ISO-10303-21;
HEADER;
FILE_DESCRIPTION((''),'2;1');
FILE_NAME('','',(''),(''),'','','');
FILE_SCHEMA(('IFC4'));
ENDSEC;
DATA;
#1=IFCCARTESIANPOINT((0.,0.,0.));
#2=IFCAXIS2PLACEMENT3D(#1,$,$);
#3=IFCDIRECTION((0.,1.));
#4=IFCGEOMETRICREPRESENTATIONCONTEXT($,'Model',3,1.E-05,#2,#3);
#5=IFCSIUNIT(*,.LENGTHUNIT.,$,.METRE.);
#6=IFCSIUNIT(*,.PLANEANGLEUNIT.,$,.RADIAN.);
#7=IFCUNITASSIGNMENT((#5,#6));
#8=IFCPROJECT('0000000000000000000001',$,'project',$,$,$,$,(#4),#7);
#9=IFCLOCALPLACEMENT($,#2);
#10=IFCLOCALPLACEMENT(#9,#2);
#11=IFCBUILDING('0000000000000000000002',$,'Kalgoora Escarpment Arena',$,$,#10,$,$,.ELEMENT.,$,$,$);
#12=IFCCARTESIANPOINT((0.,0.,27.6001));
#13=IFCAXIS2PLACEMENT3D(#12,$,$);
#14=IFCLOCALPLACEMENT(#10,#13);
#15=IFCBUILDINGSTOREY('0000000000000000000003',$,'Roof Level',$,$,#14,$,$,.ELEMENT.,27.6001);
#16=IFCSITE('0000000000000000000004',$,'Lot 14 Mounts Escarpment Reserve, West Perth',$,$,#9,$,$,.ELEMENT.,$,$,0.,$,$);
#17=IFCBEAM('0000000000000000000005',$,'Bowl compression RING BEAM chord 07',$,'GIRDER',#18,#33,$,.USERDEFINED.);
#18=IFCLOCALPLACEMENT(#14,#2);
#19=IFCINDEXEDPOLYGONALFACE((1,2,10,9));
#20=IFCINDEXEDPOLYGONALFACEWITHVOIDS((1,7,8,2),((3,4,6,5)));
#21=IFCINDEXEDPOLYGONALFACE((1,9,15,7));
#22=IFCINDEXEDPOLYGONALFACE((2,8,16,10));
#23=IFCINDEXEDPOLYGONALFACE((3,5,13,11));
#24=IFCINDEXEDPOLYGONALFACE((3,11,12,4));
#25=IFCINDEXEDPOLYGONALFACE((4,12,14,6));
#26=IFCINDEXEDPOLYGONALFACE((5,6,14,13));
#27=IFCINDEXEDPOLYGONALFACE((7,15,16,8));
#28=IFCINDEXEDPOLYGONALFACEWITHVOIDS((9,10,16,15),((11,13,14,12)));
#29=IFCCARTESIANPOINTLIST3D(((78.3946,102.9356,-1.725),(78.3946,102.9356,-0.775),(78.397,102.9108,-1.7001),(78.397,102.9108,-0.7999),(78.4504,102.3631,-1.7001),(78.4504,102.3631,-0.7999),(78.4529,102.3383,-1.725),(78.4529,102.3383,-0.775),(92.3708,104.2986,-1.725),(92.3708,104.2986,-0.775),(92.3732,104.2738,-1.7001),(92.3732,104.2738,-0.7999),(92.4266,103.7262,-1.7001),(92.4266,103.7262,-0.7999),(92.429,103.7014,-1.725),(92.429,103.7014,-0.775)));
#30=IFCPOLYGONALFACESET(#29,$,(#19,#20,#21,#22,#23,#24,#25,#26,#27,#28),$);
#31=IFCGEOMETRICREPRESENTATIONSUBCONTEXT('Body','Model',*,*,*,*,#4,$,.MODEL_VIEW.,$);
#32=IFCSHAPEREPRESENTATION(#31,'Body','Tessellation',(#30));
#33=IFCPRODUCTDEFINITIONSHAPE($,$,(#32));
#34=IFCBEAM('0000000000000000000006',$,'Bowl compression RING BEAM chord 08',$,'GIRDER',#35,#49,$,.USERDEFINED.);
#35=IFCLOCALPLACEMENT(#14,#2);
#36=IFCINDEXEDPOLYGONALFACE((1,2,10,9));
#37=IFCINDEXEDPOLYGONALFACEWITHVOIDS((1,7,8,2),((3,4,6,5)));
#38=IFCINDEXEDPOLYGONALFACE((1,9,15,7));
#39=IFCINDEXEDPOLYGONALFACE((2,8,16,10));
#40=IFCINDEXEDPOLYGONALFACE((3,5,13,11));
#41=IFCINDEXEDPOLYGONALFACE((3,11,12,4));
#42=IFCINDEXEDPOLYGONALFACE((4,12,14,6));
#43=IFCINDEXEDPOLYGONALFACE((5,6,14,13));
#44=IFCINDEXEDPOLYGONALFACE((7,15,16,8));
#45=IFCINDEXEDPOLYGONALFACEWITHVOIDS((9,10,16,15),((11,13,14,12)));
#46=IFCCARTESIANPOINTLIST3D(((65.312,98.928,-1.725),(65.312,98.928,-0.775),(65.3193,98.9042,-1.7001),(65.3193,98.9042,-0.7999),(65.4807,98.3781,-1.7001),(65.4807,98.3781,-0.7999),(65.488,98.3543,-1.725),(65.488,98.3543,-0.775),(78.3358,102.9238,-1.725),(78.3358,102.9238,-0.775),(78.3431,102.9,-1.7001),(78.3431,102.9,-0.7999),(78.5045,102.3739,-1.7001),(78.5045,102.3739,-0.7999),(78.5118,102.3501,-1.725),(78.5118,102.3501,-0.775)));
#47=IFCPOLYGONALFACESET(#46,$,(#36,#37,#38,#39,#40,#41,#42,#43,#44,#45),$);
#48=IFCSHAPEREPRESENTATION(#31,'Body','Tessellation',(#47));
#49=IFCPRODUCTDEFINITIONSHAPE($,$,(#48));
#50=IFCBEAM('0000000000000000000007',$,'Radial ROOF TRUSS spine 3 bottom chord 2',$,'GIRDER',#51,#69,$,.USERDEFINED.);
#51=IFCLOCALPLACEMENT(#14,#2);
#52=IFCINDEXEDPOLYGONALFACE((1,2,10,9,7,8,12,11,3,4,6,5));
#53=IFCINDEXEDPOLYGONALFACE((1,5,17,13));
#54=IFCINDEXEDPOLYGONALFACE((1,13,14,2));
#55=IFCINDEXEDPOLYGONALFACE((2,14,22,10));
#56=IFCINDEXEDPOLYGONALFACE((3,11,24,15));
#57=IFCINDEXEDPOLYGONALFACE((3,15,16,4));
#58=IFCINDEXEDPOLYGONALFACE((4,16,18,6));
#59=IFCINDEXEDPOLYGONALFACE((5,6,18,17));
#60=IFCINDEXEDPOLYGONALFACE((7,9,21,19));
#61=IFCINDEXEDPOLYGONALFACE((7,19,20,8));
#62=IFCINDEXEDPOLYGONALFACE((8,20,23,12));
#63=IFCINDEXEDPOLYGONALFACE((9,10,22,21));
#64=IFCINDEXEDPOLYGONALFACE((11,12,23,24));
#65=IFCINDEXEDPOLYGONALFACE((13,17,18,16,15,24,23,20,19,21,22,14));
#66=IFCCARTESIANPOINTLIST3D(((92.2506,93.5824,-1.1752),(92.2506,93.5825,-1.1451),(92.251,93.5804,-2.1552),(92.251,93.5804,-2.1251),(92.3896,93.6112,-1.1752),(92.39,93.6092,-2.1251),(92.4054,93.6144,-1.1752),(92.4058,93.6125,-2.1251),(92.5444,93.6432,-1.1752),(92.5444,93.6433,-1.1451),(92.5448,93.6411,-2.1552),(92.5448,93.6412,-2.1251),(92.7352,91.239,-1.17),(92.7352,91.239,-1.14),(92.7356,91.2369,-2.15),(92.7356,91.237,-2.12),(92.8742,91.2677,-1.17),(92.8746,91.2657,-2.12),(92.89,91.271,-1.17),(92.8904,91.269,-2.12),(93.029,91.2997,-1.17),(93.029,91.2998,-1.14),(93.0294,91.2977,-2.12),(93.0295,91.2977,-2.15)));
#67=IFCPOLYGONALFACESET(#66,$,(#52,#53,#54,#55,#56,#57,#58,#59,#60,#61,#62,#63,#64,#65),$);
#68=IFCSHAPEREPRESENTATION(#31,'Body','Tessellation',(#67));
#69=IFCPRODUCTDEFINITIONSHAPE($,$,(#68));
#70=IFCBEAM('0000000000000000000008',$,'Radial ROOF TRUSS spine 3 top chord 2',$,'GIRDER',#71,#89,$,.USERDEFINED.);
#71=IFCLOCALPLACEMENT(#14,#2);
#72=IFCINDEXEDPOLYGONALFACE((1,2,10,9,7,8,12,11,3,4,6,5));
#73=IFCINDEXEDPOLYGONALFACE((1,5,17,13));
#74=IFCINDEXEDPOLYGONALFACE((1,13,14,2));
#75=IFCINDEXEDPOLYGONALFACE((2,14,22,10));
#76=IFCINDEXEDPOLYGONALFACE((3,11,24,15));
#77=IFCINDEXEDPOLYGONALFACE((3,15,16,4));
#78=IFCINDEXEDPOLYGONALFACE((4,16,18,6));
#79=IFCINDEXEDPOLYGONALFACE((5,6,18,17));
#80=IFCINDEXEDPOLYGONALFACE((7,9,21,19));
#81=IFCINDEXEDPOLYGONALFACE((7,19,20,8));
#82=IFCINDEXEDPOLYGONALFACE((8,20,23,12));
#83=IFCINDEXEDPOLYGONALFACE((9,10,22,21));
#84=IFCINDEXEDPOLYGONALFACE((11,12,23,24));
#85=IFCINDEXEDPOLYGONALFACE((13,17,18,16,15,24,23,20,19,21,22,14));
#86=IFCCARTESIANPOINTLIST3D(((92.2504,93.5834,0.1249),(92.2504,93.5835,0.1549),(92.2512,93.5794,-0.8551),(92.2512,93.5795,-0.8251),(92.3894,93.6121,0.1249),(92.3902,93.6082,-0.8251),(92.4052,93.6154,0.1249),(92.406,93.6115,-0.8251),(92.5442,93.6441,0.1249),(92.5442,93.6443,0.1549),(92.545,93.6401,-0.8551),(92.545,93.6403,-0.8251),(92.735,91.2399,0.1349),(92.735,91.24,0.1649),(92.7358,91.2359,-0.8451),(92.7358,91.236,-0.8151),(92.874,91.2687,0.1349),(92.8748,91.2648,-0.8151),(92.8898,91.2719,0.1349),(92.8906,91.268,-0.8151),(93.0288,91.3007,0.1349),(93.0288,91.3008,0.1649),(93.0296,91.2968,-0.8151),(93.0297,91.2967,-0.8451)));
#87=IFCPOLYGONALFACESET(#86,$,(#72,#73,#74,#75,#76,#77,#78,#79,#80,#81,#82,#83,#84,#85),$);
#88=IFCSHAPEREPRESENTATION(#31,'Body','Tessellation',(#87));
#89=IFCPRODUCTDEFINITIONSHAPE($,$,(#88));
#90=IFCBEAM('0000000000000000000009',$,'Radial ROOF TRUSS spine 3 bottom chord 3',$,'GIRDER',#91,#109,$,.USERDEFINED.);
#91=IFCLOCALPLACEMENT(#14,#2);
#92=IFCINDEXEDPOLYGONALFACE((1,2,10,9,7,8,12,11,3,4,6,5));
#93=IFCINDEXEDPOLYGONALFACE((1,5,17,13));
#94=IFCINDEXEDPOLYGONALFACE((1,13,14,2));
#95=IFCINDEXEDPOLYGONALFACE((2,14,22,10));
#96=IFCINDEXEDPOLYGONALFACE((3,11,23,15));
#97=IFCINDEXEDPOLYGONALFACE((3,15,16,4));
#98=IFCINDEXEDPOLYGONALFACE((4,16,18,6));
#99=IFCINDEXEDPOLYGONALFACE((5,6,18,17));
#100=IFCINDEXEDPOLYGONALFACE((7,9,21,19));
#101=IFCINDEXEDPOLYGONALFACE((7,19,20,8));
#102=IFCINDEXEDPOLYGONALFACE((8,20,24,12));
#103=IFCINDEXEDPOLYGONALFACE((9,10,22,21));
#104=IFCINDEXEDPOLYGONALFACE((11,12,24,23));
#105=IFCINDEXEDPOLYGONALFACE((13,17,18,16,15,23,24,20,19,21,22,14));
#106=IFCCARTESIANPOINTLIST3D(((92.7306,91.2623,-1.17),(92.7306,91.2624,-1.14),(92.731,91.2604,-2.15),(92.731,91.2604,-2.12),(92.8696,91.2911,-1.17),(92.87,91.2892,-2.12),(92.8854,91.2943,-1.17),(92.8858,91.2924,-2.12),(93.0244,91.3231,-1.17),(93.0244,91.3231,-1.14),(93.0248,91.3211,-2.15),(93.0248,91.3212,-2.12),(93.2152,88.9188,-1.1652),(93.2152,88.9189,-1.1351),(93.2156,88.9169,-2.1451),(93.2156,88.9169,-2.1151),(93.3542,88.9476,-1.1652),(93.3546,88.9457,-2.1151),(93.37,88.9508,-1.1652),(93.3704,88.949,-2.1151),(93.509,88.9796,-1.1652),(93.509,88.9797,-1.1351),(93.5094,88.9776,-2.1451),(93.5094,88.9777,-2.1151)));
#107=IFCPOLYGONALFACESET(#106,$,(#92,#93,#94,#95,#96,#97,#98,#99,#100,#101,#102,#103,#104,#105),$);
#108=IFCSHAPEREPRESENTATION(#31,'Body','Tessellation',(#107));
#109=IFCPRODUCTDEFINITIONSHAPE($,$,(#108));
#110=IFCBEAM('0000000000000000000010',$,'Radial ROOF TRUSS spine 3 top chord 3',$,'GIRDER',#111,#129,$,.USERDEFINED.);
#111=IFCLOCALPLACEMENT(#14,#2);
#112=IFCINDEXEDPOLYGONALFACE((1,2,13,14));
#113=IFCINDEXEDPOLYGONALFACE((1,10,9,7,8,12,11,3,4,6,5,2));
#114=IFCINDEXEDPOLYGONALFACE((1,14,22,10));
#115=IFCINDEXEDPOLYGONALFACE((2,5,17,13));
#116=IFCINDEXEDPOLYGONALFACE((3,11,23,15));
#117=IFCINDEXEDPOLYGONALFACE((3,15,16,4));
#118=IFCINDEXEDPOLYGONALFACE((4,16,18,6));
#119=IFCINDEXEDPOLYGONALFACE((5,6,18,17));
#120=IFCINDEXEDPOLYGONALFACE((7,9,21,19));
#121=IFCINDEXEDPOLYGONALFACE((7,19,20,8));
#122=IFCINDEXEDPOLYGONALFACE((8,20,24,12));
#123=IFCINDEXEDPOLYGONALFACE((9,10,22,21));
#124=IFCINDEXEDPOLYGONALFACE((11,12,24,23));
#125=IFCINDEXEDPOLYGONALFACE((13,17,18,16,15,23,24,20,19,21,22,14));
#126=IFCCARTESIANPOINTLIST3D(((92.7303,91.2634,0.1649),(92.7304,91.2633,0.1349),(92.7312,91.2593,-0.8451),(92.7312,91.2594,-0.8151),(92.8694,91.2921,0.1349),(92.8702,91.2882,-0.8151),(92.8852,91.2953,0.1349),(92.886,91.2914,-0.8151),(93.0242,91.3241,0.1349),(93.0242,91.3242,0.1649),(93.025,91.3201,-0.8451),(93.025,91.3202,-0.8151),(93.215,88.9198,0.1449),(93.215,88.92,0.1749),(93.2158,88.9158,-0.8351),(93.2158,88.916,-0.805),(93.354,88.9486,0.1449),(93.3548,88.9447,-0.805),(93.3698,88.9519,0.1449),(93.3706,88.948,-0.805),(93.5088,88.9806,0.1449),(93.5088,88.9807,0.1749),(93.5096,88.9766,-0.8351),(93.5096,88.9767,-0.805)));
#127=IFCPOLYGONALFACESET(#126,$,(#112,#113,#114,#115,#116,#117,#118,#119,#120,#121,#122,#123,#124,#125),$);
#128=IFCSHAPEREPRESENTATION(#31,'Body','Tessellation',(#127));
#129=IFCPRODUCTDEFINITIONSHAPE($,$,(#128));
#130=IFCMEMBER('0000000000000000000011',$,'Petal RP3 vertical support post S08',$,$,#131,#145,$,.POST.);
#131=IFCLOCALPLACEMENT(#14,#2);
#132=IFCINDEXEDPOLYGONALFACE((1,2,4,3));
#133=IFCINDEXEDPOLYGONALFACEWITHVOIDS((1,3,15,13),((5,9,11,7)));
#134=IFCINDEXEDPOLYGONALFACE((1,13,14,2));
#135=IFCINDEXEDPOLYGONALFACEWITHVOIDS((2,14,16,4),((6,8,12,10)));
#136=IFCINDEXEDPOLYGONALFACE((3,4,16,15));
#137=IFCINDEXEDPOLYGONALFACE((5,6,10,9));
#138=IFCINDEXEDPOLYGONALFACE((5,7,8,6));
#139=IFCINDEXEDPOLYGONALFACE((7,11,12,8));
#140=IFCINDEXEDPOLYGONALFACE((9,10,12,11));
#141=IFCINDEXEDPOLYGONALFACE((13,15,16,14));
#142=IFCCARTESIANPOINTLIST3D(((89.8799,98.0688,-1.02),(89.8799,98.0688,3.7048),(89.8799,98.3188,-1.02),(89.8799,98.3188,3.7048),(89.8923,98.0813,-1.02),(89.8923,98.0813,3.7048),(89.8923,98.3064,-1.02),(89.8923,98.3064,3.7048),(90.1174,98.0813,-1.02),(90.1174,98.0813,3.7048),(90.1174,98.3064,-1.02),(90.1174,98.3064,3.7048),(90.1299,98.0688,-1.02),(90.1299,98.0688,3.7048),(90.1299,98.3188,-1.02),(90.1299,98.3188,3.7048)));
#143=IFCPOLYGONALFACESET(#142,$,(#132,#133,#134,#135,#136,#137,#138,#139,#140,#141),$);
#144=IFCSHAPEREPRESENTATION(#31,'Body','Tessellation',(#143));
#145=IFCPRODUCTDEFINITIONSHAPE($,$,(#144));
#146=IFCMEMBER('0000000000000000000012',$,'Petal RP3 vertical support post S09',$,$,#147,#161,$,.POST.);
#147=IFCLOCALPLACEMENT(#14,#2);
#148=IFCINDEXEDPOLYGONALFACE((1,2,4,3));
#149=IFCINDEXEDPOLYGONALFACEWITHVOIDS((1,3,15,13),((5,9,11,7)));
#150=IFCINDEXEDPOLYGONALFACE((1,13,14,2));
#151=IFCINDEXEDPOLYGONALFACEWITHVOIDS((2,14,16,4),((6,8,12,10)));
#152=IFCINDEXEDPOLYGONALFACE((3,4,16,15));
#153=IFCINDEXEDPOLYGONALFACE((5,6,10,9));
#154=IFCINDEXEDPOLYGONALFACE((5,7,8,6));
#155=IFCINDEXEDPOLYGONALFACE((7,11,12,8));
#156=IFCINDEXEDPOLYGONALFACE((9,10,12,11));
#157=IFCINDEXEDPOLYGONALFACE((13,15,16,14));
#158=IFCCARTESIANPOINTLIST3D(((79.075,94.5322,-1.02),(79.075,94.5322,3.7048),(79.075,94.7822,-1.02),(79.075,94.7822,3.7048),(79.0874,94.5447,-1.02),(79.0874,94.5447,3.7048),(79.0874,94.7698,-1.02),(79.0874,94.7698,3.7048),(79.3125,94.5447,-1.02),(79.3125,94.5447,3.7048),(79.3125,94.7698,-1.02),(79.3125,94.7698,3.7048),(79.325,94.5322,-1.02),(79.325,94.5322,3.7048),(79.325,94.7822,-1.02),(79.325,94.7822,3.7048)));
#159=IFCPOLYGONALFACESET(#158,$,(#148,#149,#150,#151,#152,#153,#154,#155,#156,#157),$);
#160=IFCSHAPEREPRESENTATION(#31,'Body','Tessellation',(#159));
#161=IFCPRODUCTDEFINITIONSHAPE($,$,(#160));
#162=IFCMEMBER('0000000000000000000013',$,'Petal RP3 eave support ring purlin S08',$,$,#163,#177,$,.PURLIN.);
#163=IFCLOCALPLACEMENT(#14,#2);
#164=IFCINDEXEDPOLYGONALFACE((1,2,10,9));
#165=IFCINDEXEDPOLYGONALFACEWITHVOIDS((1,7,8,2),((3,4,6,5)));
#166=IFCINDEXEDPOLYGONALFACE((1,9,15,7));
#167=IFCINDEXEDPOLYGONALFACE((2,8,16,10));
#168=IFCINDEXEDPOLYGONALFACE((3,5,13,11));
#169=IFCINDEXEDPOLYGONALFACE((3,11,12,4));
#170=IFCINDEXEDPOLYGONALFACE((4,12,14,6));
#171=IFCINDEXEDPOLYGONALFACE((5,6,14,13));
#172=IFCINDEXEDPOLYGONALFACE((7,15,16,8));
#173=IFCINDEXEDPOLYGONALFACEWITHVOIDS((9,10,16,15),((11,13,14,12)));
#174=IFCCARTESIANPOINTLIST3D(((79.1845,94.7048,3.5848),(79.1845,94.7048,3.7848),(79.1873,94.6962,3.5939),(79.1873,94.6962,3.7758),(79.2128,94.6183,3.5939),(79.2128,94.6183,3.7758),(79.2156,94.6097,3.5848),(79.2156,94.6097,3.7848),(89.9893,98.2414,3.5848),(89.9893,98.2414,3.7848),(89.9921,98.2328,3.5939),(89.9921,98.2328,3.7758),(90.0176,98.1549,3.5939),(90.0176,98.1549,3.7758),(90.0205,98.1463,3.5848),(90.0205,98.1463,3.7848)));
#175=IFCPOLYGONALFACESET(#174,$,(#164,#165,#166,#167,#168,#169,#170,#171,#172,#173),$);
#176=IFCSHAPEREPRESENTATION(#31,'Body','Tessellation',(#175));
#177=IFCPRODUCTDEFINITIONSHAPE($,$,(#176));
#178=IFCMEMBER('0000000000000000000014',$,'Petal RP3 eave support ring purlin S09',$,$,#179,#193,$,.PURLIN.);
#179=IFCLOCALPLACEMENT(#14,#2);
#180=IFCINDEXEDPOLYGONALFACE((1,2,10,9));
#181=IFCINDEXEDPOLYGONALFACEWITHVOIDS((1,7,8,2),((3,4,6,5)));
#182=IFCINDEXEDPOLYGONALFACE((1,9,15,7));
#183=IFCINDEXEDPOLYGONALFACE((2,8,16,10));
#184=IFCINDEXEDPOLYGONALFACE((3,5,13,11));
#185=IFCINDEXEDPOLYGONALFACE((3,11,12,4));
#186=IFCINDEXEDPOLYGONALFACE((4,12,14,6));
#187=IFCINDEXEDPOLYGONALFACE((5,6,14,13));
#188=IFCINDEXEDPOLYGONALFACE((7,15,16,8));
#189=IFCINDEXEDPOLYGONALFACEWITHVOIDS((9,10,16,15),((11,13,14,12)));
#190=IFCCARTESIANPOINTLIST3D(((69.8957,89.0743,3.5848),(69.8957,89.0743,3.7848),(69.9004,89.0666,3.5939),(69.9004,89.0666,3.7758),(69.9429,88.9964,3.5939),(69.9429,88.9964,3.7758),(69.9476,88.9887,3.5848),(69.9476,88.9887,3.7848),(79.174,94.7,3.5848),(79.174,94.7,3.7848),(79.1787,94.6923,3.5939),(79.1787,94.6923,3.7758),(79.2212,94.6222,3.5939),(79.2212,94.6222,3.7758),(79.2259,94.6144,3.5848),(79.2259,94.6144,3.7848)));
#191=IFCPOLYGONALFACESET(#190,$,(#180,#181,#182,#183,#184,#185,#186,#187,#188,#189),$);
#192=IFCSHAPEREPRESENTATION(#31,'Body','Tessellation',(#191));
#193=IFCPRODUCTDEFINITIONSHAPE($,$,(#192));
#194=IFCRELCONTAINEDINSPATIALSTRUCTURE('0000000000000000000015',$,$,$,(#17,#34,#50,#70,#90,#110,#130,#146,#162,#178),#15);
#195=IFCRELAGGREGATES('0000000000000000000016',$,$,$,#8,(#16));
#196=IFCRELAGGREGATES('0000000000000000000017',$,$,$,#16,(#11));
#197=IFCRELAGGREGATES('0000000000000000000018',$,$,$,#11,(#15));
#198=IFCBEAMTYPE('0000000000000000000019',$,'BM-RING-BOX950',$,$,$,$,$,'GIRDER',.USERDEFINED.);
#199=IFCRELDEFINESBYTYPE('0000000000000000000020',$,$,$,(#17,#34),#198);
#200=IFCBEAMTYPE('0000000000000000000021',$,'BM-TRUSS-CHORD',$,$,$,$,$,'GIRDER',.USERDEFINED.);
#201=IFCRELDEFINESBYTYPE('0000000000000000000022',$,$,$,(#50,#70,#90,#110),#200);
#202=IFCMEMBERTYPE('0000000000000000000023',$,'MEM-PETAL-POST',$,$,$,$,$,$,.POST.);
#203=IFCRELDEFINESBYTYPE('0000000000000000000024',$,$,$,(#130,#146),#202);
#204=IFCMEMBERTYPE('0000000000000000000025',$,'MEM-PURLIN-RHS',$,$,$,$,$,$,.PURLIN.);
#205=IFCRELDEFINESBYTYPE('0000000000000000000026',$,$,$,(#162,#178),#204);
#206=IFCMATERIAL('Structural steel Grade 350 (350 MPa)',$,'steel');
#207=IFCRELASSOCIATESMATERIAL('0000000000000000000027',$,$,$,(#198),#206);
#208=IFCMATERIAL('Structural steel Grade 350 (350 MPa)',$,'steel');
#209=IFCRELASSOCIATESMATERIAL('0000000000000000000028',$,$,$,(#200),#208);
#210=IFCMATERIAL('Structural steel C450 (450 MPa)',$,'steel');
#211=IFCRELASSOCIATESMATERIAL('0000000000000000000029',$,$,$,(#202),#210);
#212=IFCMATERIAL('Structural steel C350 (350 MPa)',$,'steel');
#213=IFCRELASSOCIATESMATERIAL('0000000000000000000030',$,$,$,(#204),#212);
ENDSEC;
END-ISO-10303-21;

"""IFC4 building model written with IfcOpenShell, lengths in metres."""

from ifc_helpers import new_model, si_unit, direction, frame, origin, origin_2d, place, context, subcontext, project, spatial, hollow_rectangle, i_section, extrude, material, material_profile, profile_set, type_object, element, save


model = new_model("IFC4")

# Units and contexts
model_context = context("Model", 3, precision=1e-05, world=origin(), true_north=direction((0.0, 1.0)))
body_context = subcontext(model_context, "Body", "Model", "MODEL_VIEW")
ifc_project = project(units=[si_unit("LENGTHUNIT", "METRE"), si_unit("PLANEANGLEUNIT", "RADIAN")], contexts=[model_context])

# Site, building, storey
site_placement = place(None, origin())
site = spatial("IfcSite", under=ifc_project, at=site_placement, Name="Lot 14 Mounts Escarpment Reserve, West Perth", CompositionType="ELEMENT", RefElevation=0.0)
building_placement = place(site_placement, origin())
building = spatial("IfcBuilding", under=site, at=building_placement, Name="Kalgoora Escarpment Arena", CompositionType="ELEMENT")
storey_placement = place(building_placement, frame((0.0, 0.0, 27.6001)))
storey = spatial("IfcBuildingStorey", under=building, at=storey_placement, Name="Roof Level", CompositionType="ELEMENT", Elevation=27.6001)

# Beams
ifc_material_1 = material(Name="Structural steel Grade 350 (350 MPa)", Category="steel")
ifc_material_profile_1 = material_profile(ifc_material_1, hollow_rectangle(XDim=0.6001, YDim=0.95, WallThickness=0.0249, at=origin_2d()))
ifc_profile_set_1 = profile_set([ifc_material_profile_1], Name="Structural steel Grade 350 (350 MPa)")
beam_type_1 = type_object("IfcBeamType", Name="BM-RING-BOX950", ElementType="GIRDER", PredefinedType="USERDEFINED", material=ifc_profile_set_1)
beam_1_placement = place(storey_placement, frame((92.3999, 104.0, -1.25), z_axis=(-0.995278, -0.097066, 0.0), x_axis=(0.097066, -0.995278, 0.0)))
element("IfcBeam", 1, at=beam_1_placement, inside=storey, type_object=beam_type_1, Name="Bowl compression RING BEAM chord 07", ObjectType="GIRDER", PredefinedType="USERDEFINED", context=body_context, shape_type="SweptSolid", body=[
    extrude(hollow_rectangle(XDim=0.6001, YDim=0.95, WallThickness=0.0249, at=origin_2d()), origin(), (0.0, 0.0, 1.0), 14.0425),
])
beam_2_placement = place(storey_placement, frame((78.4238, 102.637, -1.25), z_axis=(-0.956016, -0.293314, 0.0), x_axis=(0.293314, -0.956016, 0.0)))
element("IfcBeam", 2, at=beam_2_placement, inside=storey, type_object=beam_type_1, Name="Bowl compression RING BEAM chord 08", ObjectType="GIRDER", PredefinedType="USERDEFINED", context=body_context, shape_type="SweptSolid", body=[
    extrude(hollow_rectangle(XDim=0.6001, YDim=0.95, WallThickness=0.0249, at=origin_2d()), origin(), (0.0, 0.0, 1.0), 13.623),
])
ifc_material_2 = material(Name="Structural steel Grade 350 (350 MPa)", Category="steel")
ifc_material_profile_2 = material_profile(ifc_material_2, i_section(OverallWidth=0.3, OverallDepth=1.01, WebThickness=0.0161, FlangeThickness=0.03, at=origin_2d()))
ifc_profile_set_2 = profile_set([ifc_material_profile_2], Name="Structural steel Grade 350 (350 MPa)")
beam_type_2 = type_object("IfcBeamType", Name="BM-TRUSS-CHORD", ElementType="GIRDER", PredefinedType="USERDEFINED", material=ifc_profile_set_2)
for number, where, z_axis, x_axis, name in (
    (3, (92.3977, 93.6118, -1.6501), (0.202507, -0.979278, 0.002142), (0.979281, 0.202508, 0.0), "Radial ROOF TRUSS spine 3 bottom chord 2"),
    (4, (92.3977, 93.6118, -0.3501), (0.202506, -0.979272, 0.004183), (0.979281, 0.202508, 0.0), "Radial ROOF TRUSS spine 3 top chord 2"),
    (5, (92.8777, 91.2917, -1.645), (0.202507, -0.979279, 0.00204), (0.979281, 0.202508, 0.0), "Radial ROOF TRUSS spine 3 bottom chord 3"),
    (6, (92.8777, 91.2917, -0.3401), (0.202506, -0.979272, 0.004183), (0.979281, 0.202508, 0.0), "Radial ROOF TRUSS spine 3 top chord 3"),
):
    element("IfcBeam", number, at=place(storey_placement, frame(where, z_axis=z_axis, x_axis=x_axis)), inside=storey, type_object=beam_type_2, Name=name, ObjectType="GIRDER", PredefinedType="USERDEFINED", context=body_context, shape_type="SweptSolid", body=[
        extrude(i_section(OverallWidth=0.3, OverallDepth=1.01, WebThickness=0.0161, FlangeThickness=0.03, at=origin_2d()), origin(), (0.0, 0.0, 1.0), 2.3931),
    ])

# Members
ifc_material_3 = material(Name="Structural steel C450 (450 MPa)", Category="steel")
ifc_material_profile_3 = material_profile(ifc_material_3, hollow_rectangle(XDim=0.25, YDim=0.25, WallThickness=0.0125, at=origin_2d()))
ifc_profile_set_3 = profile_set([ifc_material_profile_3], Name="Structural steel C450 (450 MPa)")
member_type_1 = type_object("IfcMemberType", Name="MEM-PETAL-POST", PredefinedType="POST", material=ifc_profile_set_3)
for number, where, z_axis, x_axis, name in (
    (7, (90.0049, 98.1938, -1.02), (0.0, 0.0, 1.0), (1.0, 0.0, 0.0), "Petal RP3 vertical support post S08"),
    (8, (79.2, 94.6572, -1.02), (0.0, 0.0, 1.0), (1.0, 0.0, 0.0), "Petal RP3 vertical support post S09"),
):
    element("IfcMember", number, at=place(storey_placement, frame(where, z_axis=z_axis, x_axis=x_axis)), inside=storey, type_object=member_type_1, Name=name, PredefinedType="POST", context=body_context, shape_type="SweptSolid", body=[
        extrude(hollow_rectangle(XDim=0.25, YDim=0.25, WallThickness=0.0125, at=origin_2d()), origin(), (0.0, 0.0, 1.0), 4.7249),
    ])
ifc_material_4 = material(Name="Structural steel C350 (350 MPa)", Category="steel")
ifc_material_profile_4 = material_profile(ifc_material_4, hollow_rectangle(XDim=0.1001, YDim=0.2, WallThickness=0.009, at=origin_2d()))
ifc_profile_set_4 = profile_set([ifc_material_profile_4], Name="Structural steel C350 (350 MPa)")
member_type_2 = type_object("IfcMemberType", Name="MEM-PURLIN-RHS", PredefinedType="PURLIN", material=ifc_profile_set_4)
member_1_placement = place(storey_placement, frame((90.0049, 98.1938, 3.6848), z_axis=(-0.950385, -0.311076, 0.0), x_axis=(0.311076, -0.950385, 0.0)))
element("IfcMember", 9, at=member_1_placement, inside=storey, type_object=member_type_2, Name="Petal RP3 eave support ring purlin S08", PredefinedType="PURLIN", context=body_context, shape_type="SweptSolid", body=[
    extrude(hollow_rectangle(XDim=0.1001, YDim=0.2, WallThickness=0.009, at=origin_2d()), origin(), (0.0, 0.0, 1.0), 11.3689),
])
member_2_placement = place(storey_placement, frame((79.2, 94.6572, 3.6848), z_axis=(-0.855095, -0.518471, 0.0), x_axis=(0.518471, -0.855095, 0.0)))
element("IfcMember", 10, at=member_2_placement, inside=storey, type_object=member_type_2, Name="Petal RP3 eave support ring purlin S09", PredefinedType="PURLIN", context=body_context, shape_type="SweptSolid", body=[
    extrude(hollow_rectangle(XDim=0.1001, YDim=0.2, WallThickness=0.009, at=origin_2d()), origin(), (0.0, 0.0, 1.0), 10.8506),
])

save(model, "model.ifc")
